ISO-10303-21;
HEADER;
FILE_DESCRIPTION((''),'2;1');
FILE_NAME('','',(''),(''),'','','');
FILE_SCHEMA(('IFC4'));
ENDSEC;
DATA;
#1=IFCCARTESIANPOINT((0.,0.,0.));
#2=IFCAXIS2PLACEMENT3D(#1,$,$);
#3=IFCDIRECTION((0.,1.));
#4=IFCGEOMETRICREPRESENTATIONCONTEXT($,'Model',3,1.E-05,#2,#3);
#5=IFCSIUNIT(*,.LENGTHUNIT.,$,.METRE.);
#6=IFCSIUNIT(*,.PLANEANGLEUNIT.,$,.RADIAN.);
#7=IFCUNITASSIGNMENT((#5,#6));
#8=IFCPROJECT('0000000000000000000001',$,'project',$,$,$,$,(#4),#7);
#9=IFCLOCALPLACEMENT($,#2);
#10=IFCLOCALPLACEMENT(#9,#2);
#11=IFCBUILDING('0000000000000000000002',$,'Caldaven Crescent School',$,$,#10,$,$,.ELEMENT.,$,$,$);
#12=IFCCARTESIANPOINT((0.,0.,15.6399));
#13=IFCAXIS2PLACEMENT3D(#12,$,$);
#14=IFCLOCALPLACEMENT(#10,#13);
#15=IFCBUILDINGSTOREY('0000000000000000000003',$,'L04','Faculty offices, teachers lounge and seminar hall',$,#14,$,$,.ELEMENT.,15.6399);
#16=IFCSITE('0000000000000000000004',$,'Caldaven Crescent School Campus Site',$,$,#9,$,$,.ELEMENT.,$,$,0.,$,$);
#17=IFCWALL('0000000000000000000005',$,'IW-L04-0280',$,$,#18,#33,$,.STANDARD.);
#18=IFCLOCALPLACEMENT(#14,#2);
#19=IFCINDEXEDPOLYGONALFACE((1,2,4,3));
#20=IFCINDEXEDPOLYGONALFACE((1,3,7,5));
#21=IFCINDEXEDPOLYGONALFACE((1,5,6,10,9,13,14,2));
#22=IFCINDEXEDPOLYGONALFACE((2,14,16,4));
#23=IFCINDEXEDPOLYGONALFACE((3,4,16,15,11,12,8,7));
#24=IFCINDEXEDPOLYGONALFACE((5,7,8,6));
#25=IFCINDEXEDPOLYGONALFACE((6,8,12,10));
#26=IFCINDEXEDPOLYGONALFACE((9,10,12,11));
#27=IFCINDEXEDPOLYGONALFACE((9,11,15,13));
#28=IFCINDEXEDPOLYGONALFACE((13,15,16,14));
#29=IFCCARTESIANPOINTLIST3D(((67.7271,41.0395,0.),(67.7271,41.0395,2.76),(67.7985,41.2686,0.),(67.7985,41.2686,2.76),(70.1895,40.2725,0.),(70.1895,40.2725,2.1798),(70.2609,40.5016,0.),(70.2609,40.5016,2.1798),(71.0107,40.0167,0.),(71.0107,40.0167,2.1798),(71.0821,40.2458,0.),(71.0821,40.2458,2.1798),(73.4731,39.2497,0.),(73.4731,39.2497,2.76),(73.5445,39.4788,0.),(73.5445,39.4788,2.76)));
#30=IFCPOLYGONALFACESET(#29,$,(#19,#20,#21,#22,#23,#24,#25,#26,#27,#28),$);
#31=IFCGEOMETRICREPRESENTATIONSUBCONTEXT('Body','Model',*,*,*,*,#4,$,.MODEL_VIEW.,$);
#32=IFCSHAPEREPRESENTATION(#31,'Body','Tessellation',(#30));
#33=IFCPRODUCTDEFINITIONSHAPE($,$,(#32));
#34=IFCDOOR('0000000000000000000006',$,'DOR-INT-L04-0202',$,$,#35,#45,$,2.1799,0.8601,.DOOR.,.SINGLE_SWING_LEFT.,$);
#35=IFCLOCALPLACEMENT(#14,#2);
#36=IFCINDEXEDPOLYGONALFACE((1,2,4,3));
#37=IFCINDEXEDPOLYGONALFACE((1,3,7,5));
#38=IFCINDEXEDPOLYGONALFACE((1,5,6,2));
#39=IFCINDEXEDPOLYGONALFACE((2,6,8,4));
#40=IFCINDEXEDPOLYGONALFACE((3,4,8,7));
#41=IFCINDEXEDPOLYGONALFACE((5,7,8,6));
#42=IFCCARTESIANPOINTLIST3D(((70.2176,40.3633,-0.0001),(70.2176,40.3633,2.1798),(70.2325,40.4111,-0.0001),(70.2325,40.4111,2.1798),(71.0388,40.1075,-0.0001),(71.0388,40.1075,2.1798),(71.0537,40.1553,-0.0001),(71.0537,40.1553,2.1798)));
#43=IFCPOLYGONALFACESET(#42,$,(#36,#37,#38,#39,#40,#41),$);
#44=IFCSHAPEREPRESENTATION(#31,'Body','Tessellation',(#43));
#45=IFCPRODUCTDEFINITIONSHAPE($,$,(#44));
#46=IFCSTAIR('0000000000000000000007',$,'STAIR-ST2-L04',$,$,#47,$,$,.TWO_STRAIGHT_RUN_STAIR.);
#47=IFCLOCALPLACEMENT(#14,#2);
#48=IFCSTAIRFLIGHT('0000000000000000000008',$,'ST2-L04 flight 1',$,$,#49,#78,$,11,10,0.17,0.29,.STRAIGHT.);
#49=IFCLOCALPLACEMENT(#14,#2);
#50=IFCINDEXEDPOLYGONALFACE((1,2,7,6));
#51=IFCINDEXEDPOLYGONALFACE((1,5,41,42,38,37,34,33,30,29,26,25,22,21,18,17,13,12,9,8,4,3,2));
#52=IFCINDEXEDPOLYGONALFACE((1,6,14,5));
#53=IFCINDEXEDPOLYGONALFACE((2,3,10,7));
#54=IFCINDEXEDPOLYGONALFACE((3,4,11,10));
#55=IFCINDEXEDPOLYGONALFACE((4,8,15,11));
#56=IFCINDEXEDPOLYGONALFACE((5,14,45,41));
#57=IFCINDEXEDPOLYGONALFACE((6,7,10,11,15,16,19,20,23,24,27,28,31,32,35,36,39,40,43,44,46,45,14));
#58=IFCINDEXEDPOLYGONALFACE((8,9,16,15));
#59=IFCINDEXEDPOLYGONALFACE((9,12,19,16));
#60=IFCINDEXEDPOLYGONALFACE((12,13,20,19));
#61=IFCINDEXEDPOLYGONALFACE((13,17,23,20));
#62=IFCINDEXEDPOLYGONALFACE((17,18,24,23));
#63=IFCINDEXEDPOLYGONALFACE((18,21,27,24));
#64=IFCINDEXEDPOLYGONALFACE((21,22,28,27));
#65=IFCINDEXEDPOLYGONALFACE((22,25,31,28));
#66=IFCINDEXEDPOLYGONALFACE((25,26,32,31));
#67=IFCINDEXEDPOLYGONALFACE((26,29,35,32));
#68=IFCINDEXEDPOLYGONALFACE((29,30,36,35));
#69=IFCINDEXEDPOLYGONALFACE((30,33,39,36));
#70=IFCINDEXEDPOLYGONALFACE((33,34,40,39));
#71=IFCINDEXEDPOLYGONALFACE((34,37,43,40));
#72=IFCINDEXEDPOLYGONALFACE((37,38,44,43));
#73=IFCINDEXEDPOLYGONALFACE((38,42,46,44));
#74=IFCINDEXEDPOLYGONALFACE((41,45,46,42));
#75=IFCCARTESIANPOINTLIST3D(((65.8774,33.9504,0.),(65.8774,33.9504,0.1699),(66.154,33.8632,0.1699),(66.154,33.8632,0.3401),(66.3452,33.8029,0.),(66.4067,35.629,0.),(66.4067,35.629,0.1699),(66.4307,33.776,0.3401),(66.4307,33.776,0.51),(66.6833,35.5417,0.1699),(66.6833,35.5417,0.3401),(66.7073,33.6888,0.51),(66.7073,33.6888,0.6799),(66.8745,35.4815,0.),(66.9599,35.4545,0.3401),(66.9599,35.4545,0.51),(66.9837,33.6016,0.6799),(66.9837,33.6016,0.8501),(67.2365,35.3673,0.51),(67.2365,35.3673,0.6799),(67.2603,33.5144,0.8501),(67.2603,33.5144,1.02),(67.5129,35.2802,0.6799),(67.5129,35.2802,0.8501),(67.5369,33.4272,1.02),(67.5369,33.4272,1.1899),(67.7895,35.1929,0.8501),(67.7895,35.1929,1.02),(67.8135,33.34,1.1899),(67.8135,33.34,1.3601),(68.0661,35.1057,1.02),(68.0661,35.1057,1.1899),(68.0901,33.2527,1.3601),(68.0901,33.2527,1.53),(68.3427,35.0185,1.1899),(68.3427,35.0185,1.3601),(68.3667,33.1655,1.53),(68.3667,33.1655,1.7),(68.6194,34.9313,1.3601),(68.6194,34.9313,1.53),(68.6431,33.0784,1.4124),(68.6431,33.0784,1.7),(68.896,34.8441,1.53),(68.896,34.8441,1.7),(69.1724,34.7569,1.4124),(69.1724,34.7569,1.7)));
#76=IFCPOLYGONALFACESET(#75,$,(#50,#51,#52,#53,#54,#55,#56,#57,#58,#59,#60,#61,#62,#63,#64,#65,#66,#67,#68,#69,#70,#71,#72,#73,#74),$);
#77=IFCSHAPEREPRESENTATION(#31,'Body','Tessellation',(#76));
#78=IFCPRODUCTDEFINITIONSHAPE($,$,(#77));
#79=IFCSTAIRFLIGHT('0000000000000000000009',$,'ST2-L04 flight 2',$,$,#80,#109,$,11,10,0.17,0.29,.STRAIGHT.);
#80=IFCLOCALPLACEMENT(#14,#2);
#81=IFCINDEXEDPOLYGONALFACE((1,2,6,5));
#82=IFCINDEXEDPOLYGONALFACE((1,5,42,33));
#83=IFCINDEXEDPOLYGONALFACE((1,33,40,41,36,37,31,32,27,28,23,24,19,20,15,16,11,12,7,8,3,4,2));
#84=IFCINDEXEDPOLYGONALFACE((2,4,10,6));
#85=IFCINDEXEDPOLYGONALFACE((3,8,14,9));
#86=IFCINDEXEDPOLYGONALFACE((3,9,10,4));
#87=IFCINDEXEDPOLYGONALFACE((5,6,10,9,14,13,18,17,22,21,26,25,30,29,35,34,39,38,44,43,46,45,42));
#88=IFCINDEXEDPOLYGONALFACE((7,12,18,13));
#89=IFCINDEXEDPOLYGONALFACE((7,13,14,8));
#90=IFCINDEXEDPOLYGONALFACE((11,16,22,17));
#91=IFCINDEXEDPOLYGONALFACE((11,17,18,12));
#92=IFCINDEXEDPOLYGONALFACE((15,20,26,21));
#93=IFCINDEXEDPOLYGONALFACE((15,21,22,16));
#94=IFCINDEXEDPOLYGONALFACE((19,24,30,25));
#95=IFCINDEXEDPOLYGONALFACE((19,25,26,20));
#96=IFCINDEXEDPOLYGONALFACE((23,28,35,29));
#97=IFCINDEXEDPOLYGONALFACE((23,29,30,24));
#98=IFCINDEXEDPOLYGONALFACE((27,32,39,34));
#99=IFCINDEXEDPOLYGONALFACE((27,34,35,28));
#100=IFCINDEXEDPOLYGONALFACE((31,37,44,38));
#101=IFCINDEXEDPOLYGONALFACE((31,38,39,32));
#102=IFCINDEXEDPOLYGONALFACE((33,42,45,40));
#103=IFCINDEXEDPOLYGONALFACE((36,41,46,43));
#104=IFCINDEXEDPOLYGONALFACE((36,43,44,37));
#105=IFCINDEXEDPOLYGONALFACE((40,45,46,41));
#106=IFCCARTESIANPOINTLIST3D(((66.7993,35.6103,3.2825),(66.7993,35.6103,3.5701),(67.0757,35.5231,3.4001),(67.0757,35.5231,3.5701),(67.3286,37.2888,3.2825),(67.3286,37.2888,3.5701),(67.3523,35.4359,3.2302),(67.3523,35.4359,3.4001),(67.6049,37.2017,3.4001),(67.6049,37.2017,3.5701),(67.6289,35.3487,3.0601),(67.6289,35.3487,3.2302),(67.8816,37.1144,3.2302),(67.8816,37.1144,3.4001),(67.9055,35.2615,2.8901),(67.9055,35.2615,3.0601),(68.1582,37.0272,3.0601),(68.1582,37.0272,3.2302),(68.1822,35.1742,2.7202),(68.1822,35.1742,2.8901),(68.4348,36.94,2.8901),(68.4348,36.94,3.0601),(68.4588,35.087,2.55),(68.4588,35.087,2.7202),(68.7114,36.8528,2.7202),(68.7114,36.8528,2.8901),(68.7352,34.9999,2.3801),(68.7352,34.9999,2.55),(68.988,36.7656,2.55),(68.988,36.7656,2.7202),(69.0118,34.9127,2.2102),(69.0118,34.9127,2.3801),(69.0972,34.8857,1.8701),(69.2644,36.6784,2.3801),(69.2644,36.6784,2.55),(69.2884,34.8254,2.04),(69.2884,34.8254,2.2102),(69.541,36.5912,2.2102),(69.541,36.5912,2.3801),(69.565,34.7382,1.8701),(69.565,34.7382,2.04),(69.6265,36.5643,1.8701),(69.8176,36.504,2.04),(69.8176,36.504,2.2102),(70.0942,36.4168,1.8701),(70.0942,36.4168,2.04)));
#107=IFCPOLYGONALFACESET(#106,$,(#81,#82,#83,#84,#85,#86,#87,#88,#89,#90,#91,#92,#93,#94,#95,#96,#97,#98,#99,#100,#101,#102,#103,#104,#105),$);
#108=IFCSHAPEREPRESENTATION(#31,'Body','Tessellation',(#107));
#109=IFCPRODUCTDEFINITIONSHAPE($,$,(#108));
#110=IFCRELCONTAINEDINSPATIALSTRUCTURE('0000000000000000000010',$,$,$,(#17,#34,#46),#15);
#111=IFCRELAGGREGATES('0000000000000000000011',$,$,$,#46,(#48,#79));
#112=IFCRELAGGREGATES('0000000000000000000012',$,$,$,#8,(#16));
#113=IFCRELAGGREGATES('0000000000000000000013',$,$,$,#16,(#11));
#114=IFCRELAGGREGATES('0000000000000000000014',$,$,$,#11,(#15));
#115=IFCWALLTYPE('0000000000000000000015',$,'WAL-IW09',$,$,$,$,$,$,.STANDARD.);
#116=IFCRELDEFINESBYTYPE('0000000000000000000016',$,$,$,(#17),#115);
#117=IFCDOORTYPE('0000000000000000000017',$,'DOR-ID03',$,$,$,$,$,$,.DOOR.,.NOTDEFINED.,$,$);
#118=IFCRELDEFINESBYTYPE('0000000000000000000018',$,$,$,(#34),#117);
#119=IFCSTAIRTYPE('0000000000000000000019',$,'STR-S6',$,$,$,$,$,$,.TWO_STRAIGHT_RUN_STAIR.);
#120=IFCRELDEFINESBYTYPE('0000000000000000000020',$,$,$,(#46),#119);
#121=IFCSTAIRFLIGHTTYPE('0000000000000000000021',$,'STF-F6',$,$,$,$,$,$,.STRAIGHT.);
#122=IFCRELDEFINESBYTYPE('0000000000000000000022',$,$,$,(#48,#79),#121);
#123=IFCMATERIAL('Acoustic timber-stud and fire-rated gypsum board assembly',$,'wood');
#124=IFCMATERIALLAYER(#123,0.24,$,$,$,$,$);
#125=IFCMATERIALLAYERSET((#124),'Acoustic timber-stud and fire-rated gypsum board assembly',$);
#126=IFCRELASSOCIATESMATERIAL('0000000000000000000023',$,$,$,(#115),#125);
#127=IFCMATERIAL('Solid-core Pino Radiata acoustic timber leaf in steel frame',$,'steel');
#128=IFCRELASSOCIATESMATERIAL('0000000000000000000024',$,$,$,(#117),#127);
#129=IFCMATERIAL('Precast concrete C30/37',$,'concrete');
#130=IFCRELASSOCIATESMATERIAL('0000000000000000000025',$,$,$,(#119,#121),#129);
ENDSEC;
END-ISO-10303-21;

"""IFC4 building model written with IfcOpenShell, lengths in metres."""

from ifc_helpers import new_model, si_unit, direction, frame, frame_2d, origin, place, context, subcontext, project, spatial, polyline, rectangle, outline, extrude, material, layer, layer_set, type_object, element, fill, aggregate, save


model = new_model("IFC4")

# Units and contexts
model_context = context("Model", 3, precision=1e-05, world=origin(), true_north=direction((0.0, 1.0)))
body_context = subcontext(model_context, "Body", "Model", "MODEL_VIEW")
ifc_project = project(units=[si_unit("LENGTHUNIT", "METRE"), si_unit("PLANEANGLEUNIT", "RADIAN")], contexts=[model_context])

# Site, building, storey
site_placement = place(None, origin())
site = spatial("IfcSite", under=ifc_project, at=site_placement, Name="Caldaven Crescent School Campus Site", CompositionType="ELEMENT", RefElevation=0.0)
building_placement = place(site_placement, origin())
building = spatial("IfcBuilding", under=site, at=building_placement, Name="Caldaven Crescent School", CompositionType="ELEMENT")
storey_placement = place(building_placement, frame((0.0, 0.0, 15.6399)))
storey = spatial("IfcBuildingStorey", under=building, at=storey_placement, Name="L04", Description="Faculty offices, teachers lounge and seminar hall", CompositionType="ELEMENT", Elevation=15.6399)

# Wall, opening, door
ifc_material_1 = material(Name="Acoustic timber-stud and fire-rated gypsum board assembly", Category="wood")
ifc_layer_1 = layer(ifc_material_1, 0.24)
ifc_layer_set_1 = layer_set([ifc_layer_1], Name="Acoustic timber-stud and fire-rated gypsum board assembly")
wall_type_1 = type_object("IfcWallType", Name="WAL-IW09", PredefinedType="STANDARD", material=ifc_layer_set_1)
wall_1_placement = place(storey_placement, frame((67.7627, 41.1541, 0.0), z_axis=(0.0, 0.0, 1.0), x_axis=(0.954757, -0.297388, 0.0)))
wall_1 = element("IfcWall", 1, at=wall_1_placement, inside=storey, type_object=wall_type_1, Name="IW-L04-0280", PredefinedType="STANDARD", context=body_context, shape_type="SweptSolid", body=[
    extrude(rectangle(XDim=6.0183, YDim=0.24, at=frame_2d((3.0093, 0.0))), origin(), (0.0, 0.0, 1.0), 2.76),
])
opening_placement = place(wall_1_placement, frame((2.5791, 0.0, 0.0)))
opening = element("IfcOpeningElement", 2, at=opening_placement, cuts=wall_1, PredefinedType="OPENING", context=body_context, shape_type="SweptSolid", body=[
    extrude(rectangle(XDim=0.8601, YDim=2.1799, at=frame_2d((0.4302, 1.0898))), frame((0.0, 0.1299, 0.0), z_axis=(0.0, -1.0, 0.0), x_axis=(1.0, 0.0, 0.0)), (0.0, 0.0, 1.0), 0.26),
])
ifc_material_2 = material(Name="Solid-core Pino Radiata acoustic timber leaf in steel frame", Category="steel")
door_type = type_object("IfcDoorType", Name="DOR-ID03", OperationType="NOTDEFINED", PredefinedType="DOOR", material=ifc_material_2)
door_placement = place(opening_placement, frame((0.8601, 0.0, 0.0), z_axis=(0.0, 0.0, 1.0), x_axis=(-1.0, 0.0, 0.0)))
door = element("IfcDoor", 3, at=door_placement, inside=storey, type_object=door_type, Name="DOR-INT-L04-0202", OperationType="SINGLE_SWING_LEFT", OverallHeight=2.1799, OverallWidth=0.8601, PredefinedType="DOOR", context=body_context, shape_type="SweptSolid", body=[
    extrude(rectangle(XDim=0.8601, YDim=2.1799, at=frame_2d((0.4302, 1.0898))), frame((0.0, 0.0249, 0.0), z_axis=(0.0, -1.0, 0.0), x_axis=(1.0, 0.0, 0.0)), (0.0, 0.0, 1.0), 0.05),
])
fill(opening, door)

# Stair, stair flights
ifc_material_3 = material(Name="Precast concrete C30/37", Category="concrete")
stair_type = type_object("IfcStairType", Name="STR-S6", PredefinedType="TWO_STRAIGHT_RUN_STAIR", material=ifc_material_3)
stair_placement = place(storey_placement, origin())
stair = element("IfcStair", 4, at=stair_placement, inside=storey, type_object=stair_type, Name="STAIR-ST2-L04", PredefinedType="TWO_STRAIGHT_RUN_STAIR")
stair_flight_type = type_object("IfcStairFlightType", Name="STF-F6", PredefinedType="STRAIGHT", material=ifc_material_3)
stair_flight_1_placement = place(storey_placement, frame((66.1421, 34.7898, 0.0), z_axis=(0.0, 0.0, 1.0), x_axis=(0.953717, -0.300706, 0.0)))
stair_flight_1 = element("IfcStairFlight", 5, at=stair_flight_1_placement, type_object=stair_flight_type, Name="ST2-L04 flight 1", NumberOfRisers=11, NumberOfTreads=10, PredefinedType="STRAIGHT", RiserHeight=0.17, TreadLength=0.29, context=body_context, shape_type="SweptSolid", body=[
    extrude(outline(polyline([(0.0, 0.0), (0.0, 0.1699), (0.29, 0.1699), (0.29, 0.3401), (0.5801, 0.3401), (0.5801, 0.51), (0.8701, 0.51), (0.8701, 0.6799), (1.1599, 0.6799), (1.1599, 0.8501), (1.45, 0.8501), (1.45, 1.02), (1.74, 1.02), (1.74, 1.1899), (2.03, 1.1899), (2.03, 1.3601), (2.3201, 1.3601), (2.3201, 1.53), (2.6101, 1.53), (2.6101, 1.7), (2.8999, 1.7), (2.8999, 1.8701), (2.8999, 1.4124), (0.4905, 0.0), (0.0, 0.0)])), frame((0.0, 0.8799, 0.0), z_axis=(0.0, -1.0, 0.0), x_axis=(1.0, 0.0, 0.0)), (0.0, 0.0, 1.0), 1.76),
])
stair_flight_2_placement = place(storey_placement, frame((69.8296, 35.5774, 1.8701), z_axis=(0.0, 0.0, 1.0), x_axis=(-0.953717, 0.300706, 0.0)))
stair_flight_2 = element("IfcStairFlight", 6, at=stair_flight_2_placement, type_object=stair_flight_type, Name="ST2-L04 flight 2", NumberOfRisers=11, NumberOfTreads=10, PredefinedType="STRAIGHT", RiserHeight=0.17, TreadLength=0.29, context=body_context, shape_type="SweptSolid", body=[
    extrude(outline(polyline([(0.0, 0.0), (0.0, 0.1699), (0.29, 0.1699), (0.29, 0.3401), (0.5801, 0.3401), (0.5801, 0.51), (0.8701, 0.51), (0.8701, 0.6799), (1.1599, 0.6799), (1.1599, 0.8501), (1.45, 0.8501), (1.45, 1.02), (1.74, 1.02), (1.74, 1.1899), (2.03, 1.1899), (2.03, 1.3601), (2.3201, 1.3601), (2.3201, 1.53), (2.6101, 1.53), (2.6101, 1.7), (2.8999, 1.7), (2.8999, 1.8701), (2.8999, 1.4124), (0.4905, 0.0), (0.0, 0.0)])), frame((0.0, 0.8799, 0.0), z_axis=(0.0, -1.0, 0.0), x_axis=(1.0, 0.0, 0.0)), (0.0, 0.0, 1.0), 1.76),
])
aggregate(stair, [stair_flight_1, stair_flight_2])

save(model, "model.ifc")
